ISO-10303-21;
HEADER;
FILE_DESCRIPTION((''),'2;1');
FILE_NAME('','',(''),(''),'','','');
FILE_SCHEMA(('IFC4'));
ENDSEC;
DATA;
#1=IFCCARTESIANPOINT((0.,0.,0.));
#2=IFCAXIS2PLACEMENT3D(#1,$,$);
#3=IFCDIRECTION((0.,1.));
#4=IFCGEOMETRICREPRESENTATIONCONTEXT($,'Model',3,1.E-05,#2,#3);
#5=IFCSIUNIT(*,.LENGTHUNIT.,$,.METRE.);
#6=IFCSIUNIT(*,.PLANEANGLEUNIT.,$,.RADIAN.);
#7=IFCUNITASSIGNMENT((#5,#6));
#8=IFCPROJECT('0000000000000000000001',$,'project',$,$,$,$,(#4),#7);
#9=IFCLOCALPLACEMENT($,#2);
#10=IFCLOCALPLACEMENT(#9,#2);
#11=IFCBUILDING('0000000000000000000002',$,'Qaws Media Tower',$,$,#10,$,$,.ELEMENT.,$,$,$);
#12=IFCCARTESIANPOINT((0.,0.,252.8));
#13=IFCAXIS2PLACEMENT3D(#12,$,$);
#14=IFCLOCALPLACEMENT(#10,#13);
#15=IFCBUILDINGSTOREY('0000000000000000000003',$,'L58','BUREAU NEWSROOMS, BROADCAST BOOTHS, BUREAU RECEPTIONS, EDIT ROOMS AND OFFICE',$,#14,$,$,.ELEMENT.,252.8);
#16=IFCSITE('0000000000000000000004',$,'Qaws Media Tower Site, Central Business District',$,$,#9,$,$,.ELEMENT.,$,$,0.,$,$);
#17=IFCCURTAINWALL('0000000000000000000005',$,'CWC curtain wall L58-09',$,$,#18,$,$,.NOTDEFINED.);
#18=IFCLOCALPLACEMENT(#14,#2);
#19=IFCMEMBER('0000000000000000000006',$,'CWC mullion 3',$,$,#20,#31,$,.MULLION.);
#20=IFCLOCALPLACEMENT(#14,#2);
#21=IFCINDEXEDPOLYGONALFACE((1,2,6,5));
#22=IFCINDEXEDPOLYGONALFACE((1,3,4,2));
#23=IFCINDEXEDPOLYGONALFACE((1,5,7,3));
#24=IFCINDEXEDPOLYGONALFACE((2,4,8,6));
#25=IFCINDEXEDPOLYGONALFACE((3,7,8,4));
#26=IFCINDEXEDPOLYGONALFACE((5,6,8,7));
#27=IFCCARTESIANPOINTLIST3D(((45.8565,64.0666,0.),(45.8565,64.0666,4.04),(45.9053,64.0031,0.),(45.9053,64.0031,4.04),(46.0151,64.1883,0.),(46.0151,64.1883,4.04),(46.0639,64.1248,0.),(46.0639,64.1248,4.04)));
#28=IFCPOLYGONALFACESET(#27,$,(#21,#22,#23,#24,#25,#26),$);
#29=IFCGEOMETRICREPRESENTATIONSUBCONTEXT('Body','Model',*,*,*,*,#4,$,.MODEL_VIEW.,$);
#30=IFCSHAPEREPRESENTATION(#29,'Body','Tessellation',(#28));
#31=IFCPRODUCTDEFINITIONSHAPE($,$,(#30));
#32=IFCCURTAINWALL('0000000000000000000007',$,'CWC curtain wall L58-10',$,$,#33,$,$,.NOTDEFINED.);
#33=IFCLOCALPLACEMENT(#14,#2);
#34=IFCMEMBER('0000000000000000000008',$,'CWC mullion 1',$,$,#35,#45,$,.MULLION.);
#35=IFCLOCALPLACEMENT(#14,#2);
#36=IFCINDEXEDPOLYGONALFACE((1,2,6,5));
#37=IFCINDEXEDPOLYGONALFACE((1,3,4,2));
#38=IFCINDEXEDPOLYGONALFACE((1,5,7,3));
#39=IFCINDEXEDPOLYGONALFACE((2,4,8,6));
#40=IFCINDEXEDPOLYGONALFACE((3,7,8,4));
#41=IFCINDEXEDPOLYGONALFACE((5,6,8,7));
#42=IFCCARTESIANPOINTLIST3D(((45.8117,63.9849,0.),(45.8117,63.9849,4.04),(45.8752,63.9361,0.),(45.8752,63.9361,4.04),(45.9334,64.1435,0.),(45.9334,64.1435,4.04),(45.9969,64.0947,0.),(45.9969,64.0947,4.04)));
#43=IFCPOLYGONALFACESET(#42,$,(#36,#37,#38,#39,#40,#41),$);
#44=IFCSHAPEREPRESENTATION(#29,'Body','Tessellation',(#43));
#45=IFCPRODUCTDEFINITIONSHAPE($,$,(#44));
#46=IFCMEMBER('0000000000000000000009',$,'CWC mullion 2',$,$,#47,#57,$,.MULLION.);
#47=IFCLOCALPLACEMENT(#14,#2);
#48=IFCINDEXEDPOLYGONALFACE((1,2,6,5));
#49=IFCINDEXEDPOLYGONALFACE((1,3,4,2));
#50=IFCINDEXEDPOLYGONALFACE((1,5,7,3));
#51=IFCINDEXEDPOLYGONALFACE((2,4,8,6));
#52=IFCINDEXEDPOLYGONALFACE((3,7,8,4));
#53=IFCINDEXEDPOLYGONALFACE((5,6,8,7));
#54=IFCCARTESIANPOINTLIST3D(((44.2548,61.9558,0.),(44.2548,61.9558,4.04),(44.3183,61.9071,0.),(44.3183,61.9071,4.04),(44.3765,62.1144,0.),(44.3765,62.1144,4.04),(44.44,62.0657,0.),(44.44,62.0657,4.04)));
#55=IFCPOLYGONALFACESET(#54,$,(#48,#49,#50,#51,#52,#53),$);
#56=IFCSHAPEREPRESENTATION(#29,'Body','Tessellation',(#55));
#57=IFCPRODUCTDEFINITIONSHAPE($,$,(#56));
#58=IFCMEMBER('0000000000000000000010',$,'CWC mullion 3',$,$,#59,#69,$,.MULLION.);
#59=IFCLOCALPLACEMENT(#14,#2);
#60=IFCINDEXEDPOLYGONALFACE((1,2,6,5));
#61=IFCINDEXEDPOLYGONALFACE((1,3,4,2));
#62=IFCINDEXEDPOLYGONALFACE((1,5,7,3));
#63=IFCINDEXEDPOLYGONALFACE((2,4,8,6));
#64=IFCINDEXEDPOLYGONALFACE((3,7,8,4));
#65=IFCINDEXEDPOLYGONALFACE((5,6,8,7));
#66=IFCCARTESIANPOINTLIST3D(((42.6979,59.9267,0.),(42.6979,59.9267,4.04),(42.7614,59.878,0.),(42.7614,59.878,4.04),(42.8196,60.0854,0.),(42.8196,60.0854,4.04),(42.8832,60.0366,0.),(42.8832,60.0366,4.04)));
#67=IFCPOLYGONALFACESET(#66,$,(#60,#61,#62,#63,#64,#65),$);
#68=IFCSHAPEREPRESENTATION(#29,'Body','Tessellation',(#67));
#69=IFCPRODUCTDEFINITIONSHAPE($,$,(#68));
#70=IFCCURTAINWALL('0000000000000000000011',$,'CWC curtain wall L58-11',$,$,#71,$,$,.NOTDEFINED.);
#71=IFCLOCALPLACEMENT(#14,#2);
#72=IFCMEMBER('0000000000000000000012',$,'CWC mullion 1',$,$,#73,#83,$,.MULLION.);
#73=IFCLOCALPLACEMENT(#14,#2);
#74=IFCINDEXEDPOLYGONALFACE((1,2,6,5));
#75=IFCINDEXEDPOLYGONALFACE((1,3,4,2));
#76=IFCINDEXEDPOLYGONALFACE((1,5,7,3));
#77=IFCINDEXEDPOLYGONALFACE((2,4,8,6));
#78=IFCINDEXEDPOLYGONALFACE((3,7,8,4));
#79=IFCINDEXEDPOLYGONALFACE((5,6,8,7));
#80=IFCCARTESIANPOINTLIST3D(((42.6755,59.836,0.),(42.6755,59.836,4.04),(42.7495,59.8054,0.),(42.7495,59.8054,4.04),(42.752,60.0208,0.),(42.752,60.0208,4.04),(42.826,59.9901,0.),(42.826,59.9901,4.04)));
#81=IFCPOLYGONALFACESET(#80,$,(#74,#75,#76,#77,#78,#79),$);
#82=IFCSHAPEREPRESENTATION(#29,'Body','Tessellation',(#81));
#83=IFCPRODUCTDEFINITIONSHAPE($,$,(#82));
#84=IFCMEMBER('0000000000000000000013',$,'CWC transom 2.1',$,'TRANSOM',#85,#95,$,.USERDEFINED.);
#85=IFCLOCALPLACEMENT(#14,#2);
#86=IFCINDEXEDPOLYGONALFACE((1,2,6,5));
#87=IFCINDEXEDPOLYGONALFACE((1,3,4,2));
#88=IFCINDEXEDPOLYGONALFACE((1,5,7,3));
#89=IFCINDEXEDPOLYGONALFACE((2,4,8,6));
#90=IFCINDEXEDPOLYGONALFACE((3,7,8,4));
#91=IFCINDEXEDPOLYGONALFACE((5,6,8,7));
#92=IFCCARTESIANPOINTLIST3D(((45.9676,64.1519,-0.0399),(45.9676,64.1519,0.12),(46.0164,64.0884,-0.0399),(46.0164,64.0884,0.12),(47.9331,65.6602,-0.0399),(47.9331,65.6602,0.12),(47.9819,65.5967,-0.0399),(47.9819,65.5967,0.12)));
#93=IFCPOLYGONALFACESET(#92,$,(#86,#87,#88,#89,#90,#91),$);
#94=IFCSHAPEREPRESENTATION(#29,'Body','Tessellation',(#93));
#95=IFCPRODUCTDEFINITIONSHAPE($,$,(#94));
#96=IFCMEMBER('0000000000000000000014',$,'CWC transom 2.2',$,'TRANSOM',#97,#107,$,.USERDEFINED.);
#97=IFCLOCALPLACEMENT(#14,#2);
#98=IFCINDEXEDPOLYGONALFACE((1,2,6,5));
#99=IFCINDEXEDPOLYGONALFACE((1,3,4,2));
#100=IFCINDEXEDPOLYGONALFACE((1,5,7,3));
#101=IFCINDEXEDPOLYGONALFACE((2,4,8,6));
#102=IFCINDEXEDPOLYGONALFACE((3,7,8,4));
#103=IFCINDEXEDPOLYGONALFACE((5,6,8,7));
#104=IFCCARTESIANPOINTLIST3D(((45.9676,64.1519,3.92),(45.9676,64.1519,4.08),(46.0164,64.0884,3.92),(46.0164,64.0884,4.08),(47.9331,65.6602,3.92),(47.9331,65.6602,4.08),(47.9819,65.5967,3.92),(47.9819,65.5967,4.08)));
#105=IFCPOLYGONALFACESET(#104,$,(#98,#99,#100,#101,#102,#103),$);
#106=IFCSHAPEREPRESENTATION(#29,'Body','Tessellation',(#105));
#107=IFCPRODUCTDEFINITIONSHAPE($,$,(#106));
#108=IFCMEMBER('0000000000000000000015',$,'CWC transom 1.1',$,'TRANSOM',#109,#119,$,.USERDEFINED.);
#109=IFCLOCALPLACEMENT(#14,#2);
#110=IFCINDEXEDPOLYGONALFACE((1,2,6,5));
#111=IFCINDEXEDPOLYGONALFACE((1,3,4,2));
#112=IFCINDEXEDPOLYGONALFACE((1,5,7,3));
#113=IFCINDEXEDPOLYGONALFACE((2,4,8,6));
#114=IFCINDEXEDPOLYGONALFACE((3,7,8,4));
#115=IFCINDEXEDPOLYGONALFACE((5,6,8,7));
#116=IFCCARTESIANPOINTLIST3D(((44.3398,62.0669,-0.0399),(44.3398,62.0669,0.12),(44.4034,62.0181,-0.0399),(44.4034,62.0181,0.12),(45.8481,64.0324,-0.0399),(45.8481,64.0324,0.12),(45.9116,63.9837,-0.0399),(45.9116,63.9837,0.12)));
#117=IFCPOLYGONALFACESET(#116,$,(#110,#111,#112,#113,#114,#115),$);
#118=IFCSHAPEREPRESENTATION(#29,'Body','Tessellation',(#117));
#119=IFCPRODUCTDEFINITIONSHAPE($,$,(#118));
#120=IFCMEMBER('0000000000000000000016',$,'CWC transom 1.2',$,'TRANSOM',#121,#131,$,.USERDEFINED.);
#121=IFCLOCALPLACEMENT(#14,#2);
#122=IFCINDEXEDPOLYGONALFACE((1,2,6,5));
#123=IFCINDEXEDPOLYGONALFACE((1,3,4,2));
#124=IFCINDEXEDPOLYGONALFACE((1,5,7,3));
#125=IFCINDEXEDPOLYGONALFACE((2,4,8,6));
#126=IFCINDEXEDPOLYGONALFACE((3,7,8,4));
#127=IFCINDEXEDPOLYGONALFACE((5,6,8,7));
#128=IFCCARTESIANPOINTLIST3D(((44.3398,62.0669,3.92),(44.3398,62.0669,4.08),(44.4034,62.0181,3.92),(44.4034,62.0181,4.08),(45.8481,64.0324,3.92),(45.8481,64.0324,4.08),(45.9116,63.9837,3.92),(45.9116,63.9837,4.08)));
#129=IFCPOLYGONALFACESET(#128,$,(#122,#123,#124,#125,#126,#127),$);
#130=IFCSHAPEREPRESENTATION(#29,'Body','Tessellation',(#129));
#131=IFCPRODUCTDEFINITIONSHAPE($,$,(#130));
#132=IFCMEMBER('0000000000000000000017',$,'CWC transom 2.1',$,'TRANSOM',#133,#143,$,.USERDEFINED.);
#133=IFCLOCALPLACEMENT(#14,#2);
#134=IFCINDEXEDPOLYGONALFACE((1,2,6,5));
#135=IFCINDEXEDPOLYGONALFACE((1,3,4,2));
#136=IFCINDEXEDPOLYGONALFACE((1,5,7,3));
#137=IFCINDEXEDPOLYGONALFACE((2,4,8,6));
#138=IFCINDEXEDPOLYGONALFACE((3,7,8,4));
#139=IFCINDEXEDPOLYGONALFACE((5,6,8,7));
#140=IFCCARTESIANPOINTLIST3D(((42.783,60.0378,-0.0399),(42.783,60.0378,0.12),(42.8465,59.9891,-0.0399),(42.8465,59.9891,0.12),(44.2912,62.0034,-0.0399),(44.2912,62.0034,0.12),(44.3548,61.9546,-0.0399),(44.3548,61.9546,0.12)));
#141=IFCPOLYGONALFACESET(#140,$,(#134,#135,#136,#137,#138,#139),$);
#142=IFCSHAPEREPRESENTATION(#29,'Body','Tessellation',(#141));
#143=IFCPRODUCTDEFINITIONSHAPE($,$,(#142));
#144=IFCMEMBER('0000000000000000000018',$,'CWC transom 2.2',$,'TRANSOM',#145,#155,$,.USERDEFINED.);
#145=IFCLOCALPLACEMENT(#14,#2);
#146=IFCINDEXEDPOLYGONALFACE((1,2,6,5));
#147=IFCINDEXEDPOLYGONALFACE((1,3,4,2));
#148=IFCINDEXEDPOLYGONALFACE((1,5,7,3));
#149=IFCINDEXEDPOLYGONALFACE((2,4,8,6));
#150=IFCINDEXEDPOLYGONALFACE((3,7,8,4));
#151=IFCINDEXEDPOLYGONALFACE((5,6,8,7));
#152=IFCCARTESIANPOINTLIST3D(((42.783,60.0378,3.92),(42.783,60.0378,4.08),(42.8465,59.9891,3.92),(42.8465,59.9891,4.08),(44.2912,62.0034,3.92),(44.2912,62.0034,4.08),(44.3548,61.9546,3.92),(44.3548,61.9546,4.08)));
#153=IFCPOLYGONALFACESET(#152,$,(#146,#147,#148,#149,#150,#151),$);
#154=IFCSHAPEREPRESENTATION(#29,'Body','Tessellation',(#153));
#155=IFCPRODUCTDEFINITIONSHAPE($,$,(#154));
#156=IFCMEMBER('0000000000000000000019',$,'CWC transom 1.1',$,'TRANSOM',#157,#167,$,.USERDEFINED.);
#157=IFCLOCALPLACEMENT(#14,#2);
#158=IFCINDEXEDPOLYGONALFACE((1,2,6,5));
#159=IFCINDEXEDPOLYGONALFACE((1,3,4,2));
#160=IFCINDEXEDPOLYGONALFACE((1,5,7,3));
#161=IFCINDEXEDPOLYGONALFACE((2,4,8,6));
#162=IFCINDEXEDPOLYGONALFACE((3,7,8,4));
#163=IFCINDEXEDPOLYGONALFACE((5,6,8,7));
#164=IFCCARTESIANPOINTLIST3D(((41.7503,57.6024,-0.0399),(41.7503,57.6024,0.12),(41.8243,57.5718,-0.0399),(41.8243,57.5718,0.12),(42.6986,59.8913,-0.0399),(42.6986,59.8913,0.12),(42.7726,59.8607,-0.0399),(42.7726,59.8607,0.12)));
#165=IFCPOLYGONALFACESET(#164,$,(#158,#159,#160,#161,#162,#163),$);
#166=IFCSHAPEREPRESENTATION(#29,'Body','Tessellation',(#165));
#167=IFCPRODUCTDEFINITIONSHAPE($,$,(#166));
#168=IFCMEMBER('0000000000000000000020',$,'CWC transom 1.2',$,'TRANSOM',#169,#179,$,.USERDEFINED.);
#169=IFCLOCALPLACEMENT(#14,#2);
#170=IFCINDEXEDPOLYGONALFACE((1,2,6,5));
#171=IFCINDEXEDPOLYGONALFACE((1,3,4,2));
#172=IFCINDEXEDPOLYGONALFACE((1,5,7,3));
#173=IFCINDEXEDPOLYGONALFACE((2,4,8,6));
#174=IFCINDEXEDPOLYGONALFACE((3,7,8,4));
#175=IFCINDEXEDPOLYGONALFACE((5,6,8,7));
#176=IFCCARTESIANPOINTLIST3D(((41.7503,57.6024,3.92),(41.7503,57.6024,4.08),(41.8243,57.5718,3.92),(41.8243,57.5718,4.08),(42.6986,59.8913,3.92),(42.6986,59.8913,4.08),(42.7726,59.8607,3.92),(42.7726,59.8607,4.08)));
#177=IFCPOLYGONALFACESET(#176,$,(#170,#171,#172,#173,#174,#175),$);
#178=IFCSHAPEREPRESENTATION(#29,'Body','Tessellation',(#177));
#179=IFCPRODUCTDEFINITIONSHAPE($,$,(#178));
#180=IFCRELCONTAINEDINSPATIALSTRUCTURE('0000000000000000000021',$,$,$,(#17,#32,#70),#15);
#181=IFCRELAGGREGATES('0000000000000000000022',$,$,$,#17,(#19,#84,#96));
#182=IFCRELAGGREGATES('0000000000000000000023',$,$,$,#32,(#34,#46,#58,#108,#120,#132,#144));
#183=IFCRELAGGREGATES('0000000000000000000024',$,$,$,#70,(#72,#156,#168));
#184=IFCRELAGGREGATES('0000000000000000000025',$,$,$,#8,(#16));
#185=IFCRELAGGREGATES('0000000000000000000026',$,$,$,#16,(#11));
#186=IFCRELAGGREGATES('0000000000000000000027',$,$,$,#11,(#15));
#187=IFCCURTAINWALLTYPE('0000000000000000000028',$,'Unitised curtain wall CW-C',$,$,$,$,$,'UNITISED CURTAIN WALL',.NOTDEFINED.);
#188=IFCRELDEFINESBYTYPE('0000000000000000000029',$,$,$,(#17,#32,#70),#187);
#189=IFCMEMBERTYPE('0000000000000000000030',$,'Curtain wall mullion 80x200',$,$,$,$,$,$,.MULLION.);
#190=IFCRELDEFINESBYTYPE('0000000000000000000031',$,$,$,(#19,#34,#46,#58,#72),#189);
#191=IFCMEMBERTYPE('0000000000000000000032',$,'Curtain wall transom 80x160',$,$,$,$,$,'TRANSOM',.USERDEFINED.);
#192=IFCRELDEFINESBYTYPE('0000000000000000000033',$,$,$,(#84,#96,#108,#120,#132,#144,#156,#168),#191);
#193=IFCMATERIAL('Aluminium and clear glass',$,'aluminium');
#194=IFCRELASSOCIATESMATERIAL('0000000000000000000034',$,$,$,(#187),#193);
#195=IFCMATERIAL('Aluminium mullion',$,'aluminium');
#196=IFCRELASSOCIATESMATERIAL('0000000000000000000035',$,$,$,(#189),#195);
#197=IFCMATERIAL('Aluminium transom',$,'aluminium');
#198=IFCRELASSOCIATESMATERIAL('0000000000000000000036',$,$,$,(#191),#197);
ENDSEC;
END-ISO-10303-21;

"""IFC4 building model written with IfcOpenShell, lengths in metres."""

from ifc_helpers import new_model, si_unit, direction, frame, origin, origin_2d, place, context, subcontext, project, spatial, rectangle, extrude, material, material_profile, profile_set, type_object, element, aggregate, save


model = new_model("IFC4")

# Units and contexts
model_context = context("Model", 3, precision=1e-05, world=origin(), true_north=direction((0.0, 1.0)))
body_context = subcontext(model_context, "Body", "Model", "MODEL_VIEW")
ifc_project = project(units=[si_unit("LENGTHUNIT", "METRE"), si_unit("PLANEANGLEUNIT", "RADIAN")], contexts=[model_context])

# Site, building, storey
site_placement = place(None, origin())
site = spatial("IfcSite", under=ifc_project, at=site_placement, Name="Qaws Media Tower Site, Central Business District", CompositionType="ELEMENT", RefElevation=0.0)
building_placement = place(site_placement, origin())
building = spatial("IfcBuilding", under=site, at=building_placement, Name="Qaws Media Tower", CompositionType="ELEMENT")
storey_placement = place(building_placement, frame((0.0, 0.0, 252.8)))
storey = spatial("IfcBuildingStorey", under=building, at=storey_placement, Name="L58", Description="BUREAU NEWSROOMS, BROADCAST BOOTHS, BUREAU RECEPTIONS, EDIT ROOMS AND OFFICE", CompositionType="ELEMENT", Elevation=252.8)

# Curtain wall, member
ifc_material_1 = material(Name="Aluminium and clear glass", Category="aluminium")
curtain_wall_type = type_object("IfcCurtainWallType", Name="Unitised curtain wall CW-C", ElementType="UNITISED CURTAIN WALL", PredefinedType="NOTDEFINED", material=ifc_material_1)
curtain_wall_1_placement = place(storey_placement, origin())
curtain_wall_1 = element("IfcCurtainWall", 1, at=curtain_wall_1_placement, inside=storey, type_object=curtain_wall_type, Name="CWC curtain wall L58-09", PredefinedType="NOTDEFINED")
ifc_material_2 = material(Name="Aluminium mullion", Category="aluminium")
ifc_material_profile_1 = material_profile(ifc_material_2, rectangle(XDim=0.0801, YDim=0.2, at=origin_2d()), Name="80x200")
ifc_profile_set_1 = profile_set([ifc_material_profile_1], Name="Aluminium mullion")
member_type_1 = type_object("IfcMemberType", Name="Curtain wall mullion 80x200", PredefinedType="MULLION", material=ifc_profile_set_1)
member_1_placement = place(storey_placement, frame((45.9602, 64.0957, 0.0), z_axis=(0.0, 0.0, 1.0), x_axis=(0.608761, -0.793353, 0.0)))
member_1 = element("IfcMember", 2, at=member_1_placement, type_object=member_type_1, Name="CWC mullion 3", PredefinedType="MULLION", context=body_context, shape_type="SweptSolid", body=[
    extrude(rectangle(XDim=0.0801, YDim=0.2, at=origin_2d()), origin(), (0.0, 0.0, 1.0), 4.04),
])

# Curtain wall, members
curtain_wall_2_placement = place(storey_placement, origin())
curtain_wall_2 = element("IfcCurtainWall", 3, at=curtain_wall_2_placement, inside=storey, type_object=curtain_wall_type, Name="CWC curtain wall L58-10", PredefinedType="NOTDEFINED")
member_2_placement = place(storey_placement, frame((45.9043, 64.0398, 0.0), z_axis=(0.0, 0.0, 1.0), x_axis=(0.793353, -0.608761, 0.0)))
member_2 = element("IfcMember", 4, at=member_2_placement, type_object=member_type_1, Name="CWC mullion 1", PredefinedType="MULLION", context=body_context, shape_type="SweptSolid", body=[
    extrude(rectangle(XDim=0.0801, YDim=0.2, at=origin_2d()), origin(), (0.0, 0.0, 1.0), 4.04),
])
member_3_placement = place(storey_placement, frame((44.3474, 62.0107, 0.0), z_axis=(0.0, 0.0, 1.0), x_axis=(0.793353, -0.608761, 0.0)))
member_3 = element("IfcMember", 5, at=member_3_placement, type_object=member_type_1, Name="CWC mullion 2", PredefinedType="MULLION", context=body_context, shape_type="SweptSolid", body=[
    extrude(rectangle(XDim=0.0801, YDim=0.2, at=origin_2d()), origin(), (0.0, 0.0, 1.0), 4.04),
])
member_4_placement = place(storey_placement, frame((42.7905, 59.9817, 0.0), z_axis=(0.0, 0.0, 1.0), x_axis=(0.793353, -0.608761, 0.0)))
member_4 = element("IfcMember", 6, at=member_4_placement, type_object=member_type_1, Name="CWC mullion 3", PredefinedType="MULLION", context=body_context, shape_type="SweptSolid", body=[
    extrude(rectangle(XDim=0.0801, YDim=0.2, at=origin_2d()), origin(), (0.0, 0.0, 1.0), 4.04),
])

# Curtain wall, member
curtain_wall_3_placement = place(storey_placement, origin())
curtain_wall_3 = element("IfcCurtainWall", 7, at=curtain_wall_3_placement, inside=storey, type_object=curtain_wall_type, Name="CWC curtain wall L58-11", PredefinedType="NOTDEFINED")
member_5_placement = place(storey_placement, frame((42.7507, 59.9131, 0.0), z_axis=(0.0, 0.0, 1.0), x_axis=(0.92388, -0.382683, 0.0)))
member_5 = element("IfcMember", 8, at=member_5_placement, type_object=member_type_1, Name="CWC mullion 1", PredefinedType="MULLION", context=body_context, shape_type="SweptSolid", body=[
    extrude(rectangle(XDim=0.0801, YDim=0.2, at=origin_2d()), origin(), (0.0, 0.0, 1.0), 4.04),
])

# Members
ifc_material_3 = material(Name="Aluminium transom", Category="aluminium")
ifc_material_profile_2 = material_profile(ifc_material_3, rectangle(XDim=0.0801, YDim=0.1599, at=origin_2d()), Name="80x160")
ifc_profile_set_2 = profile_set([ifc_material_profile_2], Name="Aluminium transom")
member_type_2 = type_object("IfcMemberType", Name="Curtain wall transom 80x160", ElementType="TRANSOM", PredefinedType="USERDEFINED", material=ifc_profile_set_2)
member_6_placement = place(storey_placement, frame((47.9575, 65.6284, 0.04), z_axis=(-0.793341, -0.608777, 0.0), x_axis=(0.608777, -0.793341, 0.0)))
member_6 = element("IfcMember", 9, at=member_6_placement, type_object=member_type_2, Name="CWC transom 2.1", ObjectType="TRANSOM", PredefinedType="USERDEFINED", context=body_context, shape_type="SweptSolid", body=[
    extrude(rectangle(XDim=0.0801, YDim=0.1599, at=origin_2d()), origin(), (0.0, 0.0, 1.0), 2.4775),
])
member_7_placement = place(storey_placement, frame((47.9575, 65.6284, 4.0), z_axis=(-0.793341, -0.608777, 0.0), x_axis=(0.608777, -0.793341, 0.0)))
member_7 = element("IfcMember", 10, at=member_7_placement, type_object=member_type_2, Name="CWC transom 2.2", ObjectType="TRANSOM", PredefinedType="USERDEFINED", context=body_context, shape_type="SweptSolid", body=[
    extrude(rectangle(XDim=0.0801, YDim=0.1599, at=origin_2d()), origin(), (0.0, 0.0, 1.0), 2.4775),
])
member_8_placement = place(storey_placement, frame((45.8799, 64.0081, 0.04), z_axis=(-0.608777, -0.793341, 0.0), x_axis=(0.793341, -0.608777, 0.0)))
member_8 = element("IfcMember", 11, at=member_8_placement, type_object=member_type_2, Name="CWC transom 1.1", ObjectType="TRANSOM", PredefinedType="USERDEFINED", context=body_context, shape_type="SweptSolid", body=[
    extrude(rectangle(XDim=0.0801, YDim=0.1599, at=origin_2d()), origin(), (0.0, 0.0, 1.0), 2.4775),
])
member_9_placement = place(storey_placement, frame((45.8799, 64.0081, 4.0), z_axis=(-0.608777, -0.793341, 0.0), x_axis=(0.793341, -0.608777, 0.0)))
member_9 = element("IfcMember", 12, at=member_9_placement, type_object=member_type_2, Name="CWC transom 1.2", ObjectType="TRANSOM", PredefinedType="USERDEFINED", context=body_context, shape_type="SweptSolid", body=[
    extrude(rectangle(XDim=0.0801, YDim=0.1599, at=origin_2d()), origin(), (0.0, 0.0, 1.0), 2.4775),
])
member_10_placement = place(storey_placement, frame((44.323, 61.979, 0.04), z_axis=(-0.608777, -0.793341, 0.0), x_axis=(0.793341, -0.608777, 0.0)))
member_10 = element("IfcMember", 13, at=member_10_placement, type_object=member_type_2, Name="CWC transom 2.1", ObjectType="TRANSOM", PredefinedType="USERDEFINED", context=body_context, shape_type="SweptSolid", body=[
    extrude(rectangle(XDim=0.0801, YDim=0.1599, at=origin_2d()), origin(), (0.0, 0.0, 1.0), 2.4775),
])
member_11_placement = place(storey_placement, frame((44.323, 61.979, 4.0), z_axis=(-0.608777, -0.793341, 0.0), x_axis=(0.793341, -0.608777, 0.0)))
member_11 = element("IfcMember", 14, at=member_11_placement, type_object=member_type_2, Name="CWC transom 2.2", ObjectType="TRANSOM", PredefinedType="USERDEFINED", context=body_context, shape_type="SweptSolid", body=[
    extrude(rectangle(XDim=0.0801, YDim=0.1599, at=origin_2d()), origin(), (0.0, 0.0, 1.0), 2.4775),
])
member_12_placement = place(storey_placement, frame((42.7356, 59.876, 0.04), z_axis=(-0.382746, -0.923853, 0.0), x_axis=(0.923853, -0.382746, 0.0)))
member_12 = element("IfcMember", 15, at=member_12_placement, type_object=member_type_2, Name="CWC transom 1.1", ObjectType="TRANSOM", PredefinedType="USERDEFINED", context=body_context, shape_type="SweptSolid", body=[
    extrude(rectangle(XDim=0.0801, YDim=0.1599, at=origin_2d()), origin(), (0.0, 0.0, 1.0), 2.4775),
])
member_13_placement = place(storey_placement, frame((42.7356, 59.876, 4.0), z_axis=(-0.382746, -0.923853, 0.0), x_axis=(0.923853, -0.382746, 0.0)))
member_13 = element("IfcMember", 16, at=member_13_placement, type_object=member_type_2, Name="CWC transom 1.2", ObjectType="TRANSOM", PredefinedType="USERDEFINED", context=body_context, shape_type="SweptSolid", body=[
    extrude(rectangle(XDim=0.0801, YDim=0.1599, at=origin_2d()), origin(), (0.0, 0.0, 1.0), 2.4775),
])

aggregate(curtain_wall_1, [member_1, member_6, member_7])
aggregate(curtain_wall_2, [member_2, member_3, member_4, member_8, member_9, member_10, member_11])
aggregate(curtain_wall_3, [member_5, member_12, member_13])

save(model, "model.ifc")
